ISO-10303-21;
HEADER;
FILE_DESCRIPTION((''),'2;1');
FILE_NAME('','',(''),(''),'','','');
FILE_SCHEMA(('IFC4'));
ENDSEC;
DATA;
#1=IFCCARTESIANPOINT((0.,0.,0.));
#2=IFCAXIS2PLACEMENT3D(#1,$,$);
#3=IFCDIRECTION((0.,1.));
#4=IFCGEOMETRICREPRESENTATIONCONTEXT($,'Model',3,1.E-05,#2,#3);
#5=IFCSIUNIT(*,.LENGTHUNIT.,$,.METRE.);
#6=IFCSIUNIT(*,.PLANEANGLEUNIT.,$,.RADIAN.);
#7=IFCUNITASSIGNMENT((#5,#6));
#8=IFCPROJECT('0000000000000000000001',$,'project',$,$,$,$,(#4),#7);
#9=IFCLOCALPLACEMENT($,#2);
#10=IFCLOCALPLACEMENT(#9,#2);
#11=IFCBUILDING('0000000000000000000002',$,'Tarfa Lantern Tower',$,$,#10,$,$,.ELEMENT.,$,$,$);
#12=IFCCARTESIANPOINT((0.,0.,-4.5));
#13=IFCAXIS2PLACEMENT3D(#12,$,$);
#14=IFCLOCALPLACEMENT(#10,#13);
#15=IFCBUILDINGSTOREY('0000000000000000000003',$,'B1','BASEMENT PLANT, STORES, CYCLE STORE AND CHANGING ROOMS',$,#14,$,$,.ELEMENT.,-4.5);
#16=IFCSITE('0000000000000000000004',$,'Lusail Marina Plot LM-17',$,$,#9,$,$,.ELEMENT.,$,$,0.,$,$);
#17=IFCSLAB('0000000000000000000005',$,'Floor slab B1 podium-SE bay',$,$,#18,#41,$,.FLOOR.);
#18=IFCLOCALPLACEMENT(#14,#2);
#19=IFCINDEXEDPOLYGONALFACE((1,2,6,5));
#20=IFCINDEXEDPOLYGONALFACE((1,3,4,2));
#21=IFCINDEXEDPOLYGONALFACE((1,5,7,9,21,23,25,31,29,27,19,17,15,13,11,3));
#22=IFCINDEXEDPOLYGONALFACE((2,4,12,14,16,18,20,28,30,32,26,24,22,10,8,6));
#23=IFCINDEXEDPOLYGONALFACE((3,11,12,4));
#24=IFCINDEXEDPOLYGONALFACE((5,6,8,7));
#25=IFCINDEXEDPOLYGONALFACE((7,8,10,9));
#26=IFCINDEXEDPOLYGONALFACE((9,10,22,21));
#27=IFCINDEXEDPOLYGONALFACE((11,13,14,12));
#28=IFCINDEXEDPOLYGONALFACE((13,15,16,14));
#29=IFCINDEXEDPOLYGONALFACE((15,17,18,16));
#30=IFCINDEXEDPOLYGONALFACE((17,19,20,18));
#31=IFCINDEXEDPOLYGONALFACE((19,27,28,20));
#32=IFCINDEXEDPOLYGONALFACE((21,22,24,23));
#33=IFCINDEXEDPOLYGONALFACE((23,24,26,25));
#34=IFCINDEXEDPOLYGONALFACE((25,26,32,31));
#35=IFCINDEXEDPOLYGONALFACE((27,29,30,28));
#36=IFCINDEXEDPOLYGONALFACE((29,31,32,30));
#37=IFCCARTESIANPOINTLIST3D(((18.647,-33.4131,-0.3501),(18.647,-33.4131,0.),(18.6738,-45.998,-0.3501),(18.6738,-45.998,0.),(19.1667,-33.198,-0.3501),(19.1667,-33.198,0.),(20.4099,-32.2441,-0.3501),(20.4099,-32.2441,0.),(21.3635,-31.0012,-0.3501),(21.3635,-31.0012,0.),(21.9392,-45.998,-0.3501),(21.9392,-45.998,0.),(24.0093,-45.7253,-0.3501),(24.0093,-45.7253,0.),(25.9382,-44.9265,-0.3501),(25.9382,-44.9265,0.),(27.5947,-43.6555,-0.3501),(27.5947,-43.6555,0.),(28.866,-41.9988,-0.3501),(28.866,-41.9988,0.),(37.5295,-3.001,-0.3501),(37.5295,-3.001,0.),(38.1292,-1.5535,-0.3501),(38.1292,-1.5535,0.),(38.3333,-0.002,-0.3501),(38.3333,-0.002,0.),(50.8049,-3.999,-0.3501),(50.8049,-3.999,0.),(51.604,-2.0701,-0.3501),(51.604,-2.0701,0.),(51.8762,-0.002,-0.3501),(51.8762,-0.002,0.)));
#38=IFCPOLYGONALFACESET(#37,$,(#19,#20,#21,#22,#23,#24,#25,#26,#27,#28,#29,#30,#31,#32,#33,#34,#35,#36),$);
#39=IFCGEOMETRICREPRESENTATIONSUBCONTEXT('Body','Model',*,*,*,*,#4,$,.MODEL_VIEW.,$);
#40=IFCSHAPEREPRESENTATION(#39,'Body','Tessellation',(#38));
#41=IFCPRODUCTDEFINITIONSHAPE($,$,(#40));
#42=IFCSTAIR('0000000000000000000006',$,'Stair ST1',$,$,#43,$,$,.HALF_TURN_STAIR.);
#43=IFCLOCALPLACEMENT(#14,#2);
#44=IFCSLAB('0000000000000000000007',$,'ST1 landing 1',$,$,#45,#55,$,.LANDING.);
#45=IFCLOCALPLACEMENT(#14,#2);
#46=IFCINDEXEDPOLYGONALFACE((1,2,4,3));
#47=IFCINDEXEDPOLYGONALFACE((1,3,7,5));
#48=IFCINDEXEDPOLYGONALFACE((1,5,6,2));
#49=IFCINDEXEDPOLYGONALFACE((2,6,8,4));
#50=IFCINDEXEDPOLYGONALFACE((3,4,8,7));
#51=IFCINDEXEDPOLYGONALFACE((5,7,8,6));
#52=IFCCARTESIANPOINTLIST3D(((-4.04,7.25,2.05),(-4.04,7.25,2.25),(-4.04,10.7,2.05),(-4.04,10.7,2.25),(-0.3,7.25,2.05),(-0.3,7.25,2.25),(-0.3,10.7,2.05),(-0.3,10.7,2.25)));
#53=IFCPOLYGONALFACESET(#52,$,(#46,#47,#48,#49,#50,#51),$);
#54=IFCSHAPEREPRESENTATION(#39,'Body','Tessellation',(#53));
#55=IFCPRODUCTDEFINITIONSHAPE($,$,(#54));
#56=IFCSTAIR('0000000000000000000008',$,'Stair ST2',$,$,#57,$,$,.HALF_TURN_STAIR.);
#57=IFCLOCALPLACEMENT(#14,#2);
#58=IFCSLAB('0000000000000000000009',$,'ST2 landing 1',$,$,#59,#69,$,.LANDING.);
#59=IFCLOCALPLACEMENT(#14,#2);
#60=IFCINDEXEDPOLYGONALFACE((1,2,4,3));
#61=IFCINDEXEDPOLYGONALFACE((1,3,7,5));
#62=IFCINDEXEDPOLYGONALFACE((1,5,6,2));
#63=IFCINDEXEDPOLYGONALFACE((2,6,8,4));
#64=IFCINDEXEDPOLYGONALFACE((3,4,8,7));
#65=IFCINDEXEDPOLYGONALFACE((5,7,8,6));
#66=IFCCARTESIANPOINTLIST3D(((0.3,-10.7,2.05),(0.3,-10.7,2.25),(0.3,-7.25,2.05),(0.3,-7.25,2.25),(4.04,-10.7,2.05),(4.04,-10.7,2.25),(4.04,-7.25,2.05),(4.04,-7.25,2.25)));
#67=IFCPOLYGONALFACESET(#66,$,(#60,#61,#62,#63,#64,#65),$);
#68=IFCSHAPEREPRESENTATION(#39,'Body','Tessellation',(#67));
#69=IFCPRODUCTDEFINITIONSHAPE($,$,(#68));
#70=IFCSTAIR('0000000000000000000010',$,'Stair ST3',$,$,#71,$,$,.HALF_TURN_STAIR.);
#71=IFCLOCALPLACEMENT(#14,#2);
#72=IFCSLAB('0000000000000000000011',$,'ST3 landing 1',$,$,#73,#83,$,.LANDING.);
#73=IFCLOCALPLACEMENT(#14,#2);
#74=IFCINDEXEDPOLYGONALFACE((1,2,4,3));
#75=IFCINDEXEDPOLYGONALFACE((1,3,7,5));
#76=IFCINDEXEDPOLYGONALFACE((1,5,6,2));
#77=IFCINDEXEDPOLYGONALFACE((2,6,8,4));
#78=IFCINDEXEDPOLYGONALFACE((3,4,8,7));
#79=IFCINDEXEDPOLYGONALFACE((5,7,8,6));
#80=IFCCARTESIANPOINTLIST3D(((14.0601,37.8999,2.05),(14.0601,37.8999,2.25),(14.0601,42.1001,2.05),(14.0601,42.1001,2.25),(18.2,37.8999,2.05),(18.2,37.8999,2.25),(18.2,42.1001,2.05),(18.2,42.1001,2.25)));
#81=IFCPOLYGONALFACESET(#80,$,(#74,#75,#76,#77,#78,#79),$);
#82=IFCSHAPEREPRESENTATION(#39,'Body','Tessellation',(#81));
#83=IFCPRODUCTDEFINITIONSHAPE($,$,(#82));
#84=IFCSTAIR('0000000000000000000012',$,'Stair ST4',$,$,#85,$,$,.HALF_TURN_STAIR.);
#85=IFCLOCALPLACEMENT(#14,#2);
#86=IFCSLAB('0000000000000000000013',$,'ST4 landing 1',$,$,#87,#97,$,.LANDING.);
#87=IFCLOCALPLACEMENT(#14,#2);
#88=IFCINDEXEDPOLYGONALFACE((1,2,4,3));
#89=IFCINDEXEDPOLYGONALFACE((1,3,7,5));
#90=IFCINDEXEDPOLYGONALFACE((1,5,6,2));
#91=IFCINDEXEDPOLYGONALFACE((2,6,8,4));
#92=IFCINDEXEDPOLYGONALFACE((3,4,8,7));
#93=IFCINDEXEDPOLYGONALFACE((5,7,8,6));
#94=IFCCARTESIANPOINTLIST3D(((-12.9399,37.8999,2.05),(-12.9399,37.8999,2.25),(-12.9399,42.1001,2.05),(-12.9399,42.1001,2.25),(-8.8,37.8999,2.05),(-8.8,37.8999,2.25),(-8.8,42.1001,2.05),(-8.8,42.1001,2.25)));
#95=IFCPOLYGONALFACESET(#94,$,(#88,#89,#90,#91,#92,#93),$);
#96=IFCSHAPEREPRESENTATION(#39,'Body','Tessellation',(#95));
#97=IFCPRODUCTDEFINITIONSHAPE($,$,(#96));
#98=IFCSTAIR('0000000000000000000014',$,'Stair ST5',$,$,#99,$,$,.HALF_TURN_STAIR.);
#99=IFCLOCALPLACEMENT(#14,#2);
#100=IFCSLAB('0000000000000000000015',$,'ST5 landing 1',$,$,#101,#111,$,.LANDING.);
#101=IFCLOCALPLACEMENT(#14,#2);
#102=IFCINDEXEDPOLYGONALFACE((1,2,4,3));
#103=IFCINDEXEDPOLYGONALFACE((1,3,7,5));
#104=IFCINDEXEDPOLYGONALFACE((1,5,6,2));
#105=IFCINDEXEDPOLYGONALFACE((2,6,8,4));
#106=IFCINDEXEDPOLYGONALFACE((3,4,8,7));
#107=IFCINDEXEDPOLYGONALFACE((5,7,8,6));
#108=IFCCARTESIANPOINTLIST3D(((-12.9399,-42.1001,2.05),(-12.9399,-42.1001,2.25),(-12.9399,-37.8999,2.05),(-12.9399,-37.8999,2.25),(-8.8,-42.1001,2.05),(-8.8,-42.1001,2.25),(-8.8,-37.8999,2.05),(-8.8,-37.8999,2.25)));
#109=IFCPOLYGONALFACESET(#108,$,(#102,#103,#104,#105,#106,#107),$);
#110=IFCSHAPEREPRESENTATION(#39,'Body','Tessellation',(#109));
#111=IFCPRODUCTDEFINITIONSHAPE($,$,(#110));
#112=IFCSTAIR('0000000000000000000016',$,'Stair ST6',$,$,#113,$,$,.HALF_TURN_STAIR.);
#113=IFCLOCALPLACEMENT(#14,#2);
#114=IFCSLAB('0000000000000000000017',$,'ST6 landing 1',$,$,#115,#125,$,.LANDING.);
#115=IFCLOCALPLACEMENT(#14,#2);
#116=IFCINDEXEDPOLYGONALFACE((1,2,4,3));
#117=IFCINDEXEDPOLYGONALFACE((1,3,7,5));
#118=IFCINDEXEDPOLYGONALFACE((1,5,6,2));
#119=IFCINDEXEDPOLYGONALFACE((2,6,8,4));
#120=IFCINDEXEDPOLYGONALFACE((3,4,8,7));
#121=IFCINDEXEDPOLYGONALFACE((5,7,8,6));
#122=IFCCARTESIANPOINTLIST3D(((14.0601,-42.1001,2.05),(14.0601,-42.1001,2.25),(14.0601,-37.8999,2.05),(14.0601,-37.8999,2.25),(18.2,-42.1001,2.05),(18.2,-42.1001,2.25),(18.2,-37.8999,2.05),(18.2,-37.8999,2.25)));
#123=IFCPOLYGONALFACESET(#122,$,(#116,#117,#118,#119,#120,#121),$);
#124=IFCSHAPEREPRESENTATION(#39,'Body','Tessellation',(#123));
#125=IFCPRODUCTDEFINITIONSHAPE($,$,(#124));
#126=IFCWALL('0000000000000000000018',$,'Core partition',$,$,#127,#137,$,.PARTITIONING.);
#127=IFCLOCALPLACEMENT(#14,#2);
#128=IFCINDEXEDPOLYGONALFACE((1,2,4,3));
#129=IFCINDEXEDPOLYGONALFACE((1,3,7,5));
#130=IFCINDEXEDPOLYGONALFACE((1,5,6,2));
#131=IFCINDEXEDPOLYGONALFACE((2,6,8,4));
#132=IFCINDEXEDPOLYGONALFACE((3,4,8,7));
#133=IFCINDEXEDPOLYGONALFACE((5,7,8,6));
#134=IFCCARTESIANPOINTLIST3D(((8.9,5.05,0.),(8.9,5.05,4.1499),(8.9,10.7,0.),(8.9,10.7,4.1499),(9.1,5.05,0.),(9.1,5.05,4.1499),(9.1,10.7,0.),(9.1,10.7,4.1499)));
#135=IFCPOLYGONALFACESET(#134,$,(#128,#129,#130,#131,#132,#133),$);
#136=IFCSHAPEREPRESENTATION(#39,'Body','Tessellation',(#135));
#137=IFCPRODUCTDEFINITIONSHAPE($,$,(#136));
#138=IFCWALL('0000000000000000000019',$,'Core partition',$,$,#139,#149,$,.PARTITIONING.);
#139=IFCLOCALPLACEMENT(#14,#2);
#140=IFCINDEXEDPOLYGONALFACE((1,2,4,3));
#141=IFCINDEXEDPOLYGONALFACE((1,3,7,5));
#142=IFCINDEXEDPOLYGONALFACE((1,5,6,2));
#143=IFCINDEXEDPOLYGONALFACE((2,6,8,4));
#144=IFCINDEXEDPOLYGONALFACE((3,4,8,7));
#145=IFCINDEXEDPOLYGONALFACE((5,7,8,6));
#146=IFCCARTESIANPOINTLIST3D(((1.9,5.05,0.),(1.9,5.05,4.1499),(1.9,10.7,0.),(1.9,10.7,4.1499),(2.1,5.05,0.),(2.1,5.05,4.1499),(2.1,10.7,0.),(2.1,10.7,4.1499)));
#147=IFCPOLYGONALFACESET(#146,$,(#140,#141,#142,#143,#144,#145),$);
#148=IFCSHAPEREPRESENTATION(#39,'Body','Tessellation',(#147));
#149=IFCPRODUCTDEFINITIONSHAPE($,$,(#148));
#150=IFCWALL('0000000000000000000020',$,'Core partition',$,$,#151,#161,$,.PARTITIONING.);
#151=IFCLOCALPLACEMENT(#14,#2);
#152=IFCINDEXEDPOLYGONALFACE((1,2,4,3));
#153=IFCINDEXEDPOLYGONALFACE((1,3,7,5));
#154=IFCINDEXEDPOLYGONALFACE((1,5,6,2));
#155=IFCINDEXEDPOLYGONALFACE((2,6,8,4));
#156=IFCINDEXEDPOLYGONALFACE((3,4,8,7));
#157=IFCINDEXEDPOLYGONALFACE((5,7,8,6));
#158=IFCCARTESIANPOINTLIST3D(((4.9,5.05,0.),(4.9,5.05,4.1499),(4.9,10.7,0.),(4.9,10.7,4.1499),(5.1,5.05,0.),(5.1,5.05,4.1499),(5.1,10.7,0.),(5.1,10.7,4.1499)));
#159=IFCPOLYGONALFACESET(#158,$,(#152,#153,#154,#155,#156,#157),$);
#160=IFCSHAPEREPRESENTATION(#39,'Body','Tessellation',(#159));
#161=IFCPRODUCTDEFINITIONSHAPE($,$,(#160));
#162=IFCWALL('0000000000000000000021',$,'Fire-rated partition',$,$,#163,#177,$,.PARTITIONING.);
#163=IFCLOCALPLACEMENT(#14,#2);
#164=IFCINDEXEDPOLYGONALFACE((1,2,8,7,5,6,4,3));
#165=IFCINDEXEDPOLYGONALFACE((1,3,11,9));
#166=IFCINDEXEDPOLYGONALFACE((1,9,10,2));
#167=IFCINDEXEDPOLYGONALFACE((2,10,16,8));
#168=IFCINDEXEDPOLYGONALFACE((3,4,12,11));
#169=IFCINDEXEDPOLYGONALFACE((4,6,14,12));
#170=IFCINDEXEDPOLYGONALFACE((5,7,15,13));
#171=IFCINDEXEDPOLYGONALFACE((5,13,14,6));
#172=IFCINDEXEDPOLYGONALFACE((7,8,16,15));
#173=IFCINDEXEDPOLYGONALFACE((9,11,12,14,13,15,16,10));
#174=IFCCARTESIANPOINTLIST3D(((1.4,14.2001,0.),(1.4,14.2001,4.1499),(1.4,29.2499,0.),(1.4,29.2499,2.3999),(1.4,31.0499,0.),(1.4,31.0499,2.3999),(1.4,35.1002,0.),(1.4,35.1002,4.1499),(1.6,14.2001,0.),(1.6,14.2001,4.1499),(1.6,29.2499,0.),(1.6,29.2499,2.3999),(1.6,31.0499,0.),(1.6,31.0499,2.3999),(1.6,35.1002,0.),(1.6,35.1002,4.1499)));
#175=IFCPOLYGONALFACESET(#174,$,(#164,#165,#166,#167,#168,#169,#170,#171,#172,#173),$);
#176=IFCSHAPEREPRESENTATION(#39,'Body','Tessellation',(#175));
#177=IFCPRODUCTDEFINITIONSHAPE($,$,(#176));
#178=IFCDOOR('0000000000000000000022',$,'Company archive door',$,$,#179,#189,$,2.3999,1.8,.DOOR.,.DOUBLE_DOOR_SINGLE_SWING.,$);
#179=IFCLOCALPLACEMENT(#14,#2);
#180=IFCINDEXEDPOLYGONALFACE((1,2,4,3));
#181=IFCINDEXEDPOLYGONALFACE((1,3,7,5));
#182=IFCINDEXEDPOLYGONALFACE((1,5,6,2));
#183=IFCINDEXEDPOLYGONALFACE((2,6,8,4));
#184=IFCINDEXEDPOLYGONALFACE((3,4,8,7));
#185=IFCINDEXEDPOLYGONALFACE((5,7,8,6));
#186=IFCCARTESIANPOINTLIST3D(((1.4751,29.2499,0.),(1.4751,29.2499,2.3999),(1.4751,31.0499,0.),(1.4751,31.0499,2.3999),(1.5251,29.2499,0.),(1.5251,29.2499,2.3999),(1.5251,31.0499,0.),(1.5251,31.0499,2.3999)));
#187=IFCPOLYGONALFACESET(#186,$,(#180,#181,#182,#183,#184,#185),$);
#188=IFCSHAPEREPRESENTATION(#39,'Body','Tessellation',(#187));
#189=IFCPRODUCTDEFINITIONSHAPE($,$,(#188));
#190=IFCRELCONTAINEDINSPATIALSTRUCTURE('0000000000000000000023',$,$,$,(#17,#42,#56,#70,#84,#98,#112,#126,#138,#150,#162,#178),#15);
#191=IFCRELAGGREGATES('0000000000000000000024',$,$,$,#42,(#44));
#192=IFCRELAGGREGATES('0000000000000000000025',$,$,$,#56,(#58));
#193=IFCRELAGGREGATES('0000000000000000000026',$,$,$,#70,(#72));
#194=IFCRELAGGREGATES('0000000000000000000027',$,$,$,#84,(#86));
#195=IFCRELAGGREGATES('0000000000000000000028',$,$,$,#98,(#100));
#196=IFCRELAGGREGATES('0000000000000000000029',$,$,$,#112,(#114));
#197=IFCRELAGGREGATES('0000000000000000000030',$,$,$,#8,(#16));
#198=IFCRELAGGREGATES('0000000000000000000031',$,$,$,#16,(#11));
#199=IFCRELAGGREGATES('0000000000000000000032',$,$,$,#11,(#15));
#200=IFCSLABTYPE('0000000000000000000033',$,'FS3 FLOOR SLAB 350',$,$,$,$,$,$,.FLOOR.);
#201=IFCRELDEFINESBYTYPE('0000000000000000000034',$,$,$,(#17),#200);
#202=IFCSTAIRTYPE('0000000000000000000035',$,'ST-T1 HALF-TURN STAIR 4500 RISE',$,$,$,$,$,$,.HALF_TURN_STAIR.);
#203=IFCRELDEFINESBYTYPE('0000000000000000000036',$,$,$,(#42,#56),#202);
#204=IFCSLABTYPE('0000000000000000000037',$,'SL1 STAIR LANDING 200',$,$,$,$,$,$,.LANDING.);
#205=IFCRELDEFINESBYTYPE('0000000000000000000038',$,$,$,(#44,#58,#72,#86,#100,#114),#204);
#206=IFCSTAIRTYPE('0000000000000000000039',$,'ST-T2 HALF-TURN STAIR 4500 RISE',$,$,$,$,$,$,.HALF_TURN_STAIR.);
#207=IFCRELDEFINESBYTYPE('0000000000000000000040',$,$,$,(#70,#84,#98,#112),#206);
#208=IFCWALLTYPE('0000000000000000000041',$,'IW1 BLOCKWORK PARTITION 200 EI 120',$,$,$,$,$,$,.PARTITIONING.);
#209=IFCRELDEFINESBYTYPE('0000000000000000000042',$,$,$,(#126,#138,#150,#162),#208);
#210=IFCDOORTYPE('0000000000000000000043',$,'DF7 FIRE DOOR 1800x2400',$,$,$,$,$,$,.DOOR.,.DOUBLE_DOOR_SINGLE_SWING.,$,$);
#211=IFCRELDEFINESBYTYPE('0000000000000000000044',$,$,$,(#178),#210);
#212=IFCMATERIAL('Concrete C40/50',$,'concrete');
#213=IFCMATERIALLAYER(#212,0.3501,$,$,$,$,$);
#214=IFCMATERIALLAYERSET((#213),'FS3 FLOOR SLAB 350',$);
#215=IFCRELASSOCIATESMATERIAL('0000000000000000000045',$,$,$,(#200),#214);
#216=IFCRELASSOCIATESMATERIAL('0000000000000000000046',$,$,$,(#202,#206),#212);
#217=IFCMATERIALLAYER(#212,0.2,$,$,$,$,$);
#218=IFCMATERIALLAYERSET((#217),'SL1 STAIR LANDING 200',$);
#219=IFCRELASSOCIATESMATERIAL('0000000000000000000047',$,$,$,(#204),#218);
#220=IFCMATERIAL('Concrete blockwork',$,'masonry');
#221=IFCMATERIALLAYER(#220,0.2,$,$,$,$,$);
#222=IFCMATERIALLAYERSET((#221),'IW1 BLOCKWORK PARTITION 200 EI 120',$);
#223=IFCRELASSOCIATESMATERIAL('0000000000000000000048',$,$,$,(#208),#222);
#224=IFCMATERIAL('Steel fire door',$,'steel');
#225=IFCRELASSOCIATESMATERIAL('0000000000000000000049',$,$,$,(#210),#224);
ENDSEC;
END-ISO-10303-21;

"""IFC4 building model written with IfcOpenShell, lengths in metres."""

from ifc_helpers import new_model, si_unit, direction, frame, frame_2d, origin, place, context, subcontext, project, spatial, polyline, rectangle, outline, extrude, material, layer, layer_set, type_object, element, fill, aggregate, save


model = new_model("IFC4")

# Units and contexts
model_context = context("Model", 3, precision=1e-05, world=origin(), true_north=direction((0.0, 1.0)))
body_context = subcontext(model_context, "Body", "Model", "MODEL_VIEW")
ifc_project = project(units=[si_unit("LENGTHUNIT", "METRE"), si_unit("PLANEANGLEUNIT", "RADIAN")], contexts=[model_context])

# Site, building, storey
site_placement = place(None, origin())
site = spatial("IfcSite", under=ifc_project, at=site_placement, Name="Lusail Marina Plot LM-17", CompositionType="ELEMENT", RefElevation=0.0)
building_placement = place(site_placement, origin())
building = spatial("IfcBuilding", under=site, at=building_placement, Name="Tarfa Lantern Tower", CompositionType="ELEMENT")
storey_placement = place(building_placement, frame((0.0, 0.0, -4.5)))
storey = spatial("IfcBuildingStorey", under=building, at=storey_placement, Name="B1", Description="BASEMENT PLANT, STORES, CYCLE STORE AND CHANGING ROOMS", CompositionType="ELEMENT", Elevation=-4.5)

# Slab
ifc_material_1 = material(Name="Concrete C40/50", Category="concrete")
ifc_layer_1 = layer(ifc_material_1, 0.3501)
ifc_layer_set_1 = layer_set([ifc_layer_1], Name="FS3 FLOOR SLAB 350")
slab_type_1 = type_object("IfcSlabType", Name="FS3 FLOOR SLAB 350", PredefinedType="FLOOR", material=ifc_layer_set_1)
slab_1_placement = place(storey_placement, frame((0.0, 0.0, -0.3501)))
element("IfcSlab", 1, at=slab_1_placement, inside=storey, type_object=slab_type_1, Name="Floor slab B1 podium-SE bay", PredefinedType="FLOOR", context=body_context, shape_type="SweptSolid", body=[
    extrude(outline(polyline([(38.3333, -0.002), (38.1292, -1.5535), (37.5295, -3.001), (21.3635, -31.0012), (20.4099, -32.2441), (19.1667, -33.198), (18.647, -33.4131), (18.6738, -45.998), (21.9392, -45.998), (24.0093, -45.7253), (25.9382, -44.9265), (27.5947, -43.6555), (28.866, -41.9988), (50.8049, -3.999), (51.604, -2.0701), (51.8762, -0.002), (38.3333, -0.002)])), origin(), (0.0, 0.0, 1.0), 0.3501),
])

# Stairs, slabs
stair_type_1 = type_object("IfcStairType", Name="ST-T1 HALF-TURN STAIR 4500 RISE", PredefinedType="HALF_TURN_STAIR", material=ifc_material_1)
stair_1_placement = place(storey_placement, origin())
stair_1 = element("IfcStair", 2, at=stair_1_placement, inside=storey, type_object=stair_type_1, Name="Stair ST1", PredefinedType="HALF_TURN_STAIR")
ifc_layer_2 = layer(ifc_material_1, 0.2)
ifc_layer_set_2 = layer_set([ifc_layer_2], Name="SL1 STAIR LANDING 200")
slab_type_2 = type_object("IfcSlabType", Name="SL1 STAIR LANDING 200", PredefinedType="LANDING", material=ifc_layer_set_2)
slab_2_placement = place(storey_placement, frame((0.0, 0.0, 2.05)))
slab_2 = element("IfcSlab", 3, at=slab_2_placement, type_object=slab_type_2, Name="ST1 landing 1", PredefinedType="LANDING", context=body_context, shape_type="SweptSolid", body=[
    extrude(outline(polyline([(-4.04, 7.25), (-0.3, 7.25), (-0.3, 10.7), (-4.04, 10.7), (-4.04, 7.25)])), origin(), (0.0, 0.0, 1.0), 0.2),
])
aggregate(stair_1, [slab_2])
stair_2_placement = place(storey_placement, origin())
stair_2 = element("IfcStair", 4, at=stair_2_placement, inside=storey, type_object=stair_type_1, Name="Stair ST2", PredefinedType="HALF_TURN_STAIR")
slab_3_placement = place(storey_placement, frame((0.0, 0.0, 2.05)))
slab_3 = element("IfcSlab", 5, at=slab_3_placement, type_object=slab_type_2, Name="ST2 landing 1", PredefinedType="LANDING", context=body_context, shape_type="SweptSolid", body=[
    extrude(outline(polyline([(4.04, -7.25), (0.3, -7.25), (0.3, -10.7), (4.04, -10.7), (4.04, -7.25)])), origin(), (0.0, 0.0, 1.0), 0.2),
])
aggregate(stair_2, [slab_3])
stair_type_2 = type_object("IfcStairType", Name="ST-T2 HALF-TURN STAIR 4500 RISE", PredefinedType="HALF_TURN_STAIR", material=ifc_material_1)
stair_3_placement = place(storey_placement, origin())
stair_3 = element("IfcStair", 6, at=stair_3_placement, inside=storey, type_object=stair_type_2, Name="Stair ST3", PredefinedType="HALF_TURN_STAIR")
slab_4_placement = place(storey_placement, frame((0.0, 0.0, 2.05)))
slab_4 = element("IfcSlab", 7, at=slab_4_placement, type_object=slab_type_2, Name="ST3 landing 1", PredefinedType="LANDING", context=body_context, shape_type="SweptSolid", body=[
    extrude(outline(polyline([(14.0601, 37.8999), (18.2, 37.8999), (18.2, 42.1001), (14.0601, 42.1001), (14.0601, 37.8999)])), origin(), (0.0, 0.0, 1.0), 0.2),
])
aggregate(stair_3, [slab_4])
stair_4_placement = place(storey_placement, origin())
stair_4 = element("IfcStair", 8, at=stair_4_placement, inside=storey, type_object=stair_type_2, Name="Stair ST4", PredefinedType="HALF_TURN_STAIR")
slab_5_placement = place(storey_placement, frame((0.0, 0.0, 2.05)))
slab_5 = element("IfcSlab", 9, at=slab_5_placement, type_object=slab_type_2, Name="ST4 landing 1", PredefinedType="LANDING", context=body_context, shape_type="SweptSolid", body=[
    extrude(outline(polyline([(-12.9399, 37.8999), (-8.8, 37.8999), (-8.8, 42.1001), (-12.9399, 42.1001), (-12.9399, 37.8999)])), origin(), (0.0, 0.0, 1.0), 0.2),
])
aggregate(stair_4, [slab_5])
stair_5_placement = place(storey_placement, origin())
stair_5 = element("IfcStair", 10, at=stair_5_placement, inside=storey, type_object=stair_type_2, Name="Stair ST5", PredefinedType="HALF_TURN_STAIR")
slab_6_placement = place(storey_placement, frame((0.0, 0.0, 2.05)))
slab_6 = element("IfcSlab", 11, at=slab_6_placement, type_object=slab_type_2, Name="ST5 landing 1", PredefinedType="LANDING", context=body_context, shape_type="SweptSolid", body=[
    extrude(outline(polyline([(-12.9399, -42.1001), (-8.8, -42.1001), (-8.8, -37.8999), (-12.9399, -37.8999), (-12.9399, -42.1001)])), origin(), (0.0, 0.0, 1.0), 0.2),
])
aggregate(stair_5, [slab_6])
stair_6_placement = place(storey_placement, origin())
stair_6 = element("IfcStair", 12, at=stair_6_placement, inside=storey, type_object=stair_type_2, Name="Stair ST6", PredefinedType="HALF_TURN_STAIR")
slab_7_placement = place(storey_placement, frame((0.0, 0.0, 2.05)))
slab_7 = element("IfcSlab", 13, at=slab_7_placement, type_object=slab_type_2, Name="ST6 landing 1", PredefinedType="LANDING", context=body_context, shape_type="SweptSolid", body=[
    extrude(outline(polyline([(14.0601, -42.1001), (18.2, -42.1001), (18.2, -37.8999), (14.0601, -37.8999), (14.0601, -42.1001)])), origin(), (0.0, 0.0, 1.0), 0.2),
])
aggregate(stair_6, [slab_7])

# Walls
ifc_material_2 = material(Name="Concrete blockwork", Category="masonry")
ifc_layer_3 = layer(ifc_material_2, 0.2)
ifc_layer_set_3 = layer_set([ifc_layer_3], Name="IW1 BLOCKWORK PARTITION 200 EI 120")
wall_type_1 = type_object("IfcWallType", Name="IW1 BLOCKWORK PARTITION 200 EI 120", PredefinedType="PARTITIONING", material=ifc_layer_set_3)
for number, where, z_axis, x_axis, name in (
    (14, (9.0, 5.05, 0.0), (0.0, 0.0, 1.0), (0.0, 1.0, 0.0), "Core partition"),
    (15, (2.0, 5.05, 0.0), (0.0, 0.0, 1.0), (0.0, 1.0, 0.0), "Core partition"),
    (16, (5.0, 5.05, 0.0), (0.0, 0.0, 1.0), (0.0, 1.0, 0.0), "Core partition"),
):
    element("IfcWall", number, at=place(storey_placement, frame(where, z_axis=z_axis, x_axis=x_axis)), inside=storey, type_object=wall_type_1, Name=name, PredefinedType="PARTITIONING", context=body_context, shape_type="SweptSolid", body=[
        extrude(rectangle(XDim=5.6499, YDim=0.2, at=frame_2d((2.825, 0.0))), origin(), (0.0, 0.0, 1.0), 4.1499),
    ])

# Wall, opening, door
wall_1_placement = place(storey_placement, frame((1.5, 14.2, 0.0), z_axis=(0.0, 0.0, 1.0), x_axis=(0.0, 1.0, 0.0)))
wall_1 = element("IfcWall", 17, at=wall_1_placement, inside=storey, type_object=wall_type_1, Name="Fire-rated partition", PredefinedType="PARTITIONING", context=body_context, shape_type="SweptSolid", body=[
    extrude(rectangle(XDim=20.9001, YDim=0.2, at=frame_2d((10.4502, 0.0))), origin(), (0.0, 0.0, 1.0), 4.1499),
])
opening_1_placement = place(wall_1_placement, frame((15.05, 0.0, 0.0)))
opening_1 = element("IfcOpeningElement", 18, at=opening_1_placement, cuts=wall_1, PredefinedType="OPENING", context=body_context, shape_type="SweptSolid", body=[
    extrude(rectangle(XDim=1.8, YDim=2.3999, at=frame_2d((0.8999, 1.2))), frame((0.0, 0.1099, 0.0), z_axis=(0.0, -1.0, 0.0), x_axis=(1.0, 0.0, 0.0)), (0.0, 0.0, 1.0), 0.22),
])
ifc_material_3 = material(Name="Steel fire door", Category="steel")
door_type = type_object("IfcDoorType", Name="DF7 FIRE DOOR 1800x2400", OperationType="DOUBLE_DOOR_SINGLE_SWING", PredefinedType="DOOR", material=ifc_material_3)
door_1_placement = place(opening_1_placement, origin())
door_1 = element("IfcDoor", 19, at=door_1_placement, inside=storey, type_object=door_type, Name="Company archive door", OperationType="DOUBLE_DOOR_SINGLE_SWING", OverallHeight=2.3999, OverallWidth=1.8, PredefinedType="DOOR", context=body_context, shape_type="SweptSolid", body=[
    extrude(rectangle(XDim=1.8, YDim=2.3999, at=frame_2d((0.8999, 1.2))), frame((0.0, 0.0249, 0.0), z_axis=(0.0, -1.0, 0.0), x_axis=(1.0, 0.0, 0.0)), (0.0, 0.0, 1.0), 0.05),
])
fill(opening_1, door_1)

save(model, "model.ifc")
